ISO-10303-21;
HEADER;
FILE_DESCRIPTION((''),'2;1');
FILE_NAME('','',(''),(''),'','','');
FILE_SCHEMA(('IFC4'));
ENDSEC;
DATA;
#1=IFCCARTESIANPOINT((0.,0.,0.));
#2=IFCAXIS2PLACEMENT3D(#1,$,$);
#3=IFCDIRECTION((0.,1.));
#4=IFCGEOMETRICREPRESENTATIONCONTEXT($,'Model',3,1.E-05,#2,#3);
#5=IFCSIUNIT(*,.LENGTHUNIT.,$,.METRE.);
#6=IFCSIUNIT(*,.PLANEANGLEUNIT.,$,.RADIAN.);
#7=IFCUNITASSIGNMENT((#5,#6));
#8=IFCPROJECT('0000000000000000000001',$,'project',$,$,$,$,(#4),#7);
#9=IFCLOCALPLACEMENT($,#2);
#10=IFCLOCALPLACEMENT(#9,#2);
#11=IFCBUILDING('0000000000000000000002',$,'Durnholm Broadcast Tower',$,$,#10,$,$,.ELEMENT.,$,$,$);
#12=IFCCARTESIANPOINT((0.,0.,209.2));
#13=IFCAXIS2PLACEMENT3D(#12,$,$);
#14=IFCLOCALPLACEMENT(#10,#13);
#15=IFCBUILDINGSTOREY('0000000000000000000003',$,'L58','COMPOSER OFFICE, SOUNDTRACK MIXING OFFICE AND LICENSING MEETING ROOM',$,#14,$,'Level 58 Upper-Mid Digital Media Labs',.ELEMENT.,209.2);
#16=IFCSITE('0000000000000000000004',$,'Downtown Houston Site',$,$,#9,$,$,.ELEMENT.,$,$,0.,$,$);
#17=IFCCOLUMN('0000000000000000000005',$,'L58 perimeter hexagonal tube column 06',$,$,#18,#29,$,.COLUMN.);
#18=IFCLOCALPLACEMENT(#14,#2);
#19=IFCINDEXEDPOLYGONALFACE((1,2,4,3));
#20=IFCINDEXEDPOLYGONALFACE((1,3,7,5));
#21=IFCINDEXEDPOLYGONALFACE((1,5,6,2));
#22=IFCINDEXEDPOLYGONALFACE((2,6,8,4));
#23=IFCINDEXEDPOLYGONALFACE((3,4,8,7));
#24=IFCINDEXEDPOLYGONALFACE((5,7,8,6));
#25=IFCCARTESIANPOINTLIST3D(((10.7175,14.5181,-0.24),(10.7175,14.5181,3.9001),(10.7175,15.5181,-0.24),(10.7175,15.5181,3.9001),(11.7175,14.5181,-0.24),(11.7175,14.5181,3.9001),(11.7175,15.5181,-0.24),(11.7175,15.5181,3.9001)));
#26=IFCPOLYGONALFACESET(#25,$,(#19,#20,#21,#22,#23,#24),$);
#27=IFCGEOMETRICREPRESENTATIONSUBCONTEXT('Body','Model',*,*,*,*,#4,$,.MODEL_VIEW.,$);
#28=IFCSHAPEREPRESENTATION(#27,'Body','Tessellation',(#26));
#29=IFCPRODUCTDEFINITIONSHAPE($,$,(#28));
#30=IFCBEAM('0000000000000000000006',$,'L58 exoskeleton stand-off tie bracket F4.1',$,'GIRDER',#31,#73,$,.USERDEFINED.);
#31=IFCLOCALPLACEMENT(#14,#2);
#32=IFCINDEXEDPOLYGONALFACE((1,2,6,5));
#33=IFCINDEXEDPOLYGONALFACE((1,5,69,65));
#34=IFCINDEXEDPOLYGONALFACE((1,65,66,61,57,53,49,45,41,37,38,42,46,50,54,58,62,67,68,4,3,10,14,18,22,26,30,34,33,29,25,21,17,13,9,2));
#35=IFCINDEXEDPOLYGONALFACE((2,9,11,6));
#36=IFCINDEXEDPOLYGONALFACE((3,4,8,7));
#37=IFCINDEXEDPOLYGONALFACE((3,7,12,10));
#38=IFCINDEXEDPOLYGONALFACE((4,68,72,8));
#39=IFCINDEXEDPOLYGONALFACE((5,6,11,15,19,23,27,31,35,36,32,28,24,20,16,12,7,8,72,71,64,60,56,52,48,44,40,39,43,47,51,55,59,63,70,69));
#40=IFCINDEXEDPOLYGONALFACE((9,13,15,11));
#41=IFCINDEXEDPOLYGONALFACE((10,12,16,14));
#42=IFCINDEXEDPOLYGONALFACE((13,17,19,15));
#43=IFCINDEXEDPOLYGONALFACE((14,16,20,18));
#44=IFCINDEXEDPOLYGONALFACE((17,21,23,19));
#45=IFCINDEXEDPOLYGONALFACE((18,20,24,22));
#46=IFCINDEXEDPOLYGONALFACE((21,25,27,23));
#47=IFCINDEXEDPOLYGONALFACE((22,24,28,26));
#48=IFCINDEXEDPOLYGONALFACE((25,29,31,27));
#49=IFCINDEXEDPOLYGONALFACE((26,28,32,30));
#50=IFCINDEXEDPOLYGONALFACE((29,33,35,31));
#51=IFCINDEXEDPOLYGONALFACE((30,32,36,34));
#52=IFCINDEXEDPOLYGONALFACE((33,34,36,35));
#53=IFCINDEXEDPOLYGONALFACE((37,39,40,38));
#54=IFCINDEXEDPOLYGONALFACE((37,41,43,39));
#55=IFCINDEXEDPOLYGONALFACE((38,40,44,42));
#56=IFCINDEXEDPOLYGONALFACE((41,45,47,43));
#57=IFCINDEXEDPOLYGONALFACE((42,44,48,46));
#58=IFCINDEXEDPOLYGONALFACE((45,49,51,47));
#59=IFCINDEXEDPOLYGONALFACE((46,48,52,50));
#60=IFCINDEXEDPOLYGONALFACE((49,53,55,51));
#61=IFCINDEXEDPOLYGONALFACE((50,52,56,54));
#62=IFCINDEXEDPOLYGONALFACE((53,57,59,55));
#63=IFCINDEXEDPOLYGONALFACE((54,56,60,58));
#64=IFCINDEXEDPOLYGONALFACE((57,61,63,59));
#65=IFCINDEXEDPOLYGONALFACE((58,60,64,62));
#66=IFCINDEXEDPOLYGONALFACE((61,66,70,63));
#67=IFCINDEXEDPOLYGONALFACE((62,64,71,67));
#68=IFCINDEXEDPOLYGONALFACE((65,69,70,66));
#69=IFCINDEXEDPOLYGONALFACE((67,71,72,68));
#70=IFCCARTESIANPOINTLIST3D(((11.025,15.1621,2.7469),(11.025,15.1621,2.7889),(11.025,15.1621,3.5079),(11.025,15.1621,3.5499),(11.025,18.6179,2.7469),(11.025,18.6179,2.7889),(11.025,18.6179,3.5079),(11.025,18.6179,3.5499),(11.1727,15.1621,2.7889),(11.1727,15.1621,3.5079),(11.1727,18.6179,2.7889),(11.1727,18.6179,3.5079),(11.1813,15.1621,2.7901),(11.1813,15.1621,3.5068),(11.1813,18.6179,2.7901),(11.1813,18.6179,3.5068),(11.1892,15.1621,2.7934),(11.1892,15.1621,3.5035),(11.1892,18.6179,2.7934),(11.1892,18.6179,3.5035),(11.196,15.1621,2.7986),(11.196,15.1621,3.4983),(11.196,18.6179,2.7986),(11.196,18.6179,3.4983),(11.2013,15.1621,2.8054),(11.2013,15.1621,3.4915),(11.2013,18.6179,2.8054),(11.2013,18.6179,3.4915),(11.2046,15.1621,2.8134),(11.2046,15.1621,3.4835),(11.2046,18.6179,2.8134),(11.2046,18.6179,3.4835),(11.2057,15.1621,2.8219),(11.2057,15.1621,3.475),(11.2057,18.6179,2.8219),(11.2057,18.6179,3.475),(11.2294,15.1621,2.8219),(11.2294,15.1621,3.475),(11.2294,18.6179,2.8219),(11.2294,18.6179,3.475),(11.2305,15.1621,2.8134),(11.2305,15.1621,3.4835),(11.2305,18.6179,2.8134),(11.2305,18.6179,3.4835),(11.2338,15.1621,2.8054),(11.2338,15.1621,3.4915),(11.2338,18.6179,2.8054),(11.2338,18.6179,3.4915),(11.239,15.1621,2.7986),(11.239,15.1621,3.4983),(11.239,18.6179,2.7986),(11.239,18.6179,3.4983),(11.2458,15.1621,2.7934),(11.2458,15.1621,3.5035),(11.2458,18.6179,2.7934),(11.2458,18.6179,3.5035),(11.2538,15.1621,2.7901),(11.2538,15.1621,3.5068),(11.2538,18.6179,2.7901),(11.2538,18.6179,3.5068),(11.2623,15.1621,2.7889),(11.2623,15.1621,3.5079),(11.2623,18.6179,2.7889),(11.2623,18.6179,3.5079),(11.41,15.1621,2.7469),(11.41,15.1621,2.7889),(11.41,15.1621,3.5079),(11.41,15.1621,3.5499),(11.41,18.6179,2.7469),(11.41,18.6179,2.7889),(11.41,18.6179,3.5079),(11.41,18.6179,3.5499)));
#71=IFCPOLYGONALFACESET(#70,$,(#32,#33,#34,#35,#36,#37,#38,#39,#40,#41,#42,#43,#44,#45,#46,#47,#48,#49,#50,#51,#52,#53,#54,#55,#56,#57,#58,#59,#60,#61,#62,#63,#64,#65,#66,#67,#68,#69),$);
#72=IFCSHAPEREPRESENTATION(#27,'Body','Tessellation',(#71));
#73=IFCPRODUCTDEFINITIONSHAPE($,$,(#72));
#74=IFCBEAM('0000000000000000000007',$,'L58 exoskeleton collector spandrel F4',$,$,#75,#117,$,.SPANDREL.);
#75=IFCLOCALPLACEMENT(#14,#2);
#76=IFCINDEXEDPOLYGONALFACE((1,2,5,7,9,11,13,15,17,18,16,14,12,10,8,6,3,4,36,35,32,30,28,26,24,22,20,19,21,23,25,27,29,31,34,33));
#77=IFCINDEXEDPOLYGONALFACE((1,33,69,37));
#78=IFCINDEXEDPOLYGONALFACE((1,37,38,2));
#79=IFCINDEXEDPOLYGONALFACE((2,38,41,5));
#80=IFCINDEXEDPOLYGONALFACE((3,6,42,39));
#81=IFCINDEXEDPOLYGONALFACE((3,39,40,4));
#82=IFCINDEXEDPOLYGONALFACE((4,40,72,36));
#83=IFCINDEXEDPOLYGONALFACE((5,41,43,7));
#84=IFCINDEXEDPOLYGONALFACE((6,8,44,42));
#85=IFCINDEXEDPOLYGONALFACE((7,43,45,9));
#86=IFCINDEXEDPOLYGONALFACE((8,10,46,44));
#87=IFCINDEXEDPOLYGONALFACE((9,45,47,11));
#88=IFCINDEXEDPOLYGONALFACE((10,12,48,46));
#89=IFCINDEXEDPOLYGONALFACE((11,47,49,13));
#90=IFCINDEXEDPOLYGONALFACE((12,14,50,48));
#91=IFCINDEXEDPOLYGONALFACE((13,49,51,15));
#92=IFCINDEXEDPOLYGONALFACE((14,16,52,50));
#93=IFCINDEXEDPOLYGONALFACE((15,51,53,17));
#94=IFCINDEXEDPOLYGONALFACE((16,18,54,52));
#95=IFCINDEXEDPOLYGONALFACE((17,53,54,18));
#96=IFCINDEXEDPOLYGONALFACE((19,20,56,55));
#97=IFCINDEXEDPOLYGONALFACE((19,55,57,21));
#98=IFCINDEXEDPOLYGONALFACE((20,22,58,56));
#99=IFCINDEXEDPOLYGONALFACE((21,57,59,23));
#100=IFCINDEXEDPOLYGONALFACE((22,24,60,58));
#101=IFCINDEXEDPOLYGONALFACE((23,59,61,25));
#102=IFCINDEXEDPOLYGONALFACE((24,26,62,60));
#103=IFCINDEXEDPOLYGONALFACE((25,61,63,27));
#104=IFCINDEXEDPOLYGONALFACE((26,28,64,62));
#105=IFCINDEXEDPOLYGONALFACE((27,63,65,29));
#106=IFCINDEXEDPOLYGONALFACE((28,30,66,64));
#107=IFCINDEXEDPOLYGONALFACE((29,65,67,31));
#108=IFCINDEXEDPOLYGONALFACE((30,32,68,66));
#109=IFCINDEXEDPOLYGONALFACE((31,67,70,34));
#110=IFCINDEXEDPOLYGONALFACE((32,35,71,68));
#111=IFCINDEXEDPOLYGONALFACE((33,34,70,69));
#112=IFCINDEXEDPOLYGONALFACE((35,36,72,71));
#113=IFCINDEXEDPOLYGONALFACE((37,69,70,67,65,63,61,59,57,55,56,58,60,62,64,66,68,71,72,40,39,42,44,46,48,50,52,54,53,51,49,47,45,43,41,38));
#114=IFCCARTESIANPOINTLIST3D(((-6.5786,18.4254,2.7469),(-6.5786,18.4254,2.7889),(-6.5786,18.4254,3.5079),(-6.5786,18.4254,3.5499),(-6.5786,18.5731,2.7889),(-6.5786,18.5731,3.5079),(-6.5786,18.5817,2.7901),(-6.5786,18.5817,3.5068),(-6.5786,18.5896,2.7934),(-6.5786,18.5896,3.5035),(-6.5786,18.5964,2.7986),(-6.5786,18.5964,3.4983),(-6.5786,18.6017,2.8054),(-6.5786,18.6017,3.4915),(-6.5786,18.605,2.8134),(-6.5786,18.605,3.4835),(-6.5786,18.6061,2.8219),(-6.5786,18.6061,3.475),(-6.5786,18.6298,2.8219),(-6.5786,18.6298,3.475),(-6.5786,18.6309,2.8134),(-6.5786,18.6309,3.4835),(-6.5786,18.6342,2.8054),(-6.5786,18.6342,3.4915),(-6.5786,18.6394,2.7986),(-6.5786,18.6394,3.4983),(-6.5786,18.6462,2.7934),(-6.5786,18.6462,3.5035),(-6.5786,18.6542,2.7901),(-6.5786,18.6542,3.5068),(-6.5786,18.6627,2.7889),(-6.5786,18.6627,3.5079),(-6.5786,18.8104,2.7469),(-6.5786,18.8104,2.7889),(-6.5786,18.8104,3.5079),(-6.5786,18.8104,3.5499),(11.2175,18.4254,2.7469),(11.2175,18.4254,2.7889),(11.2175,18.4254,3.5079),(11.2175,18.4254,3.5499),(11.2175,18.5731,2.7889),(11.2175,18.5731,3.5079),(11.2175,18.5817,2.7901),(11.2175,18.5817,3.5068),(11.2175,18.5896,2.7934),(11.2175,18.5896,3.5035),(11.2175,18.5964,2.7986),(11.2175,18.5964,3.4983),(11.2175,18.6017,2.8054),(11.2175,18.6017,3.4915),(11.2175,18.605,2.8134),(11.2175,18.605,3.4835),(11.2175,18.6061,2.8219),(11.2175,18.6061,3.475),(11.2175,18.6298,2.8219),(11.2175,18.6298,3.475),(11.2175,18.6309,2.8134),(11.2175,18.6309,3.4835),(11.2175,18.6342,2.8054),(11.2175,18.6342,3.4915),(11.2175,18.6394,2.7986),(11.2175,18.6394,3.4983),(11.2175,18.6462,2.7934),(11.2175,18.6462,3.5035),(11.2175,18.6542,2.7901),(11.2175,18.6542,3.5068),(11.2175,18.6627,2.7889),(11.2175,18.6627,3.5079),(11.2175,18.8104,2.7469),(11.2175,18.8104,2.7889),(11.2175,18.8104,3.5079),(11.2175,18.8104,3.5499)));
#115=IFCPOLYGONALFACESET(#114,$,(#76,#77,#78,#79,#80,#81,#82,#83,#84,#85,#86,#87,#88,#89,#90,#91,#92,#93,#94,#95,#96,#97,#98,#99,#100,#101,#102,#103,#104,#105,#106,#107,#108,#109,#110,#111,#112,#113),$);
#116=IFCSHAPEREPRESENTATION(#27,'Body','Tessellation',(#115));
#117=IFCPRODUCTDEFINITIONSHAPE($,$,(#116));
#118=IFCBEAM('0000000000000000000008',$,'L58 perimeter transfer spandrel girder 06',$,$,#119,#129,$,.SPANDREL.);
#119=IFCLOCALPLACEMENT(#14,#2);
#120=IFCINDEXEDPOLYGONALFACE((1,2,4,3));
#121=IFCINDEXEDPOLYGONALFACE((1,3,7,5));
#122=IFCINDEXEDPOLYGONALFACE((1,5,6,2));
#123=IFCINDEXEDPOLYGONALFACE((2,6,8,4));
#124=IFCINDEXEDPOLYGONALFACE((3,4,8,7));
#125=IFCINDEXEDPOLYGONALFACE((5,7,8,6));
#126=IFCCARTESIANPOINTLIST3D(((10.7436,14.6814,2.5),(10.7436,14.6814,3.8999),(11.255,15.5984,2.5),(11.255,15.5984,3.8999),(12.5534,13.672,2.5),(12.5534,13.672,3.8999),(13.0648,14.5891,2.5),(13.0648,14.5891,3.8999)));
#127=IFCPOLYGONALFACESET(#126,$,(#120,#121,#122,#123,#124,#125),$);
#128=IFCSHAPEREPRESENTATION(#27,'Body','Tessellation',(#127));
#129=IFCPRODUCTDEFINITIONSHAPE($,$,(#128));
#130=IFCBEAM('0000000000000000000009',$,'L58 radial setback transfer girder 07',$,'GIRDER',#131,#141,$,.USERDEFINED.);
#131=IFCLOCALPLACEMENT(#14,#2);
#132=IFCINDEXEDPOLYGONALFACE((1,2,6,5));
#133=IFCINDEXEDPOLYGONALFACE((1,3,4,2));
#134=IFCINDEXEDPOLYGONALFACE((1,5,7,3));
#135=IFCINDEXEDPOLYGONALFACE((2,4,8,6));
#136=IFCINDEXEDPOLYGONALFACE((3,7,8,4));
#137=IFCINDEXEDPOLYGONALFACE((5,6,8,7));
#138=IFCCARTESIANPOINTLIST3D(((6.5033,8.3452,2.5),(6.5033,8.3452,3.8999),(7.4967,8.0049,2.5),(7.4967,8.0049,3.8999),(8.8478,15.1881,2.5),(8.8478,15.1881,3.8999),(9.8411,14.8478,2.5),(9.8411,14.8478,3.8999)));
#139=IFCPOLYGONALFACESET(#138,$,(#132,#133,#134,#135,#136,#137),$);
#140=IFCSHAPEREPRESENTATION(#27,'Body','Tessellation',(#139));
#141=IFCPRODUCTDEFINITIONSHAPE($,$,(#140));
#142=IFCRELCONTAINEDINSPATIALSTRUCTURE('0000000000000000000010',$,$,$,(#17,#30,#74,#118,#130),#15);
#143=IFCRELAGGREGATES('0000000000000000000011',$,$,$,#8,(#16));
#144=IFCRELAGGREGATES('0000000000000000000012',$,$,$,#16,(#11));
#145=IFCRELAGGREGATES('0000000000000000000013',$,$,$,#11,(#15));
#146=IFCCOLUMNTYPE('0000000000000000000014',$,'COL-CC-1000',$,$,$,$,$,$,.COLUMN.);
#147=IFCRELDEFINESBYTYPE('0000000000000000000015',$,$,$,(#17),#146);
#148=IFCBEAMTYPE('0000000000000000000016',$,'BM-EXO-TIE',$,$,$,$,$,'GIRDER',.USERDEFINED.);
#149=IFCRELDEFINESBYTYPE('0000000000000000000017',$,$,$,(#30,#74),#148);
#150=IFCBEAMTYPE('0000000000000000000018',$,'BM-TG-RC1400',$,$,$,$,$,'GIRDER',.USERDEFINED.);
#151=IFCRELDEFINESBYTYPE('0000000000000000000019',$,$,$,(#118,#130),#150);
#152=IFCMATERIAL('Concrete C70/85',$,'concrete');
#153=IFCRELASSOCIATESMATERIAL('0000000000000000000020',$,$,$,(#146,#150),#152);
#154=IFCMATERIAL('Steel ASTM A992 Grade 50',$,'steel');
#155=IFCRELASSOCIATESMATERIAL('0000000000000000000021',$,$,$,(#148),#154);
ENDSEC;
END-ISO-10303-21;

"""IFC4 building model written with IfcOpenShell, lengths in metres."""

from ifc_helpers import new_model, si_unit, direction, frame, origin, origin_2d, place, context, subcontext, project, spatial, rectangle, i_section, extrude, source, transform, mapped, material, material_profile, profile_set, type_object, type_shapes, element, save


model = new_model("IFC4")

# Units and contexts
model_context = context("Model", 3, precision=1e-05, world=origin(), true_north=direction((0.0, 1.0)))
body_context = subcontext(model_context, "Body", "Model", "MODEL_VIEW")
ifc_project = project(units=[si_unit("LENGTHUNIT", "METRE"), si_unit("PLANEANGLEUNIT", "RADIAN")], contexts=[model_context])

# Site, building, storey
site_placement = place(None, origin())
site = spatial("IfcSite", under=ifc_project, at=site_placement, Name="Downtown Houston Site", CompositionType="ELEMENT", RefElevation=0.0)
building_placement = place(site_placement, origin())
building = spatial("IfcBuilding", under=site, at=building_placement, Name="Durnholm Broadcast Tower", CompositionType="ELEMENT")
storey_placement = place(building_placement, frame((0.0, 0.0, 209.2)))
storey = spatial("IfcBuildingStorey", under=building, at=storey_placement, Name="L58", Description="COMPOSER OFFICE, SOUNDTRACK MIXING OFFICE AND LICENSING MEETING ROOM", LongName="Level 58 Upper-Mid Digital Media Labs", CompositionType="ELEMENT", Elevation=209.2)

# Column
ifc_material_1 = material(Name="Concrete C70/85", Category="concrete")
ifc_material_profile_1 = material_profile(ifc_material_1, rectangle(XDim=1.0, YDim=1.0, at=origin_2d()), Name="RC1000X1000")
ifc_profile_set_1 = profile_set([ifc_material_profile_1], Name="Concrete C70/85")
column_type = type_object("IfcColumnType", Name="COL-CC-1000", PredefinedType="COLUMN", material=ifc_profile_set_1)
shared_shape_1 = source(origin(), body_context, "Body", "SweptSolid", [
    extrude(rectangle(XDim=1.0, YDim=1.0, at=origin_2d()), origin(), (0.0, 0.0, 1.0), 4.1401),
])
type_shapes(column_type, [shared_shape_1])
column_placement = place(storey_placement, frame((11.2175, 15.0181, -0.24), z_axis=(0.0, 0.0, 1.0), x_axis=(1.0, 0.0, 0.0)))
element("IfcColumn", 1, at=column_placement, inside=storey, type_object=column_type, Name="L58 perimeter hexagonal tube column 06", PredefinedType="COLUMN", context=body_context, shape_type="MappedRepresentation", body=[
    mapped(shared_shape_1, transform((0.0, 0.0, 0.0), x_axis=(1.0, 0.0, 0.0), y_axis=(0.0, 1.0, 0.0), z_axis=(0.0, 0.0, 1.0), scale=1.0)),
])

# Beams
ifc_material_2 = material(Name="Steel ASTM A992 Grade 50", Category="steel")
ifc_material_profile_2 = material_profile(ifc_material_2, i_section(OverallWidth=0.385, OverallDepth=0.803, WebThickness=0.0237, FlangeThickness=0.042, FilletRadius=0.033, at=origin_2d()), Name="W30X261")
ifc_profile_set_2 = profile_set([ifc_material_profile_2], Name="Steel ASTM A992 Grade 50")
beam_type_1 = type_object("IfcBeamType", Name="BM-EXO-TIE", ElementType="GIRDER", PredefinedType="USERDEFINED", material=ifc_profile_set_2)
shared_shape_2 = source(origin(), body_context, "Body", "SweptSolid", [
    extrude(i_section(OverallWidth=0.385, OverallDepth=0.803, WebThickness=0.0237, FlangeThickness=0.042, FilletRadius=0.033, at=origin_2d()), origin(), (0.0, 0.0, 1.0), 3.4558),
])
beam_1_placement = place(storey_placement, frame((11.2175, 15.1621, 3.1484), z_axis=(0.0, 1.0, 0.0), x_axis=(-1.0, 0.0, 0.0)))
element("IfcBeam", 2, at=beam_1_placement, inside=storey, type_object=beam_type_1, Name="L58 exoskeleton stand-off tie bracket F4.1", ObjectType="GIRDER", PredefinedType="USERDEFINED", context=body_context, shape_type="MappedRepresentation", body=[
    mapped(shared_shape_2, transform((0.0, 0.0, 0.0), x_axis=(1.0, 0.0, 0.0), y_axis=(0.0, 1.0, 0.0), z_axis=(0.0, 0.0, 1.0), scale=1.0)),
])
shared_shape_3 = source(origin(), body_context, "Body", "SweptSolid", [
    extrude(i_section(OverallWidth=0.385, OverallDepth=0.803, WebThickness=0.0237, FlangeThickness=0.042, FilletRadius=0.033, at=origin_2d()), origin(), (0.0, 0.0, 1.0), 17.7961),
])
type_shapes(beam_type_1, [shared_shape_2, shared_shape_3])
beam_2_placement = place(storey_placement, frame((11.2175, 18.6179, 3.1484), z_axis=(-1.0, 0.0, 0.0), x_axis=(0.0, -1.0, 0.0)))
element("IfcBeam", 3, at=beam_2_placement, inside=storey, type_object=beam_type_1, Name="L58 exoskeleton collector spandrel F4", PredefinedType="SPANDREL", context=body_context, shape_type="MappedRepresentation", body=[
    mapped(shared_shape_3, transform((0.0, 0.0, 0.0), x_axis=(1.0, 0.0, 0.0), y_axis=(0.0, 1.0, 0.0), z_axis=(0.0, 0.0, 1.0), scale=1.0)),
])
ifc_material_profile_3 = material_profile(ifc_material_1, rectangle(XDim=1.05, YDim=1.3999, at=origin_2d()), Name="RC1050X1400")
ifc_profile_set_3 = profile_set([ifc_material_profile_3], Name="Concrete C70/85")
beam_type_2 = type_object("IfcBeamType", Name="BM-TG-RC1400", ElementType="GIRDER", PredefinedType="USERDEFINED", material=ifc_profile_set_3)
shared_shape_4 = source(origin(), body_context, "Body", "SweptSolid", [
    extrude(rectangle(XDim=1.05, YDim=1.3999, at=origin_2d()), origin(), (0.0, 0.0, 1.0), 2.0723),
])
beam_3_placement = place(storey_placement, frame((10.9993, 15.1399, 3.2), z_axis=(0.873373, -0.487053, 0.0), x_axis=(0.487053, 0.873373, 0.0)))
element("IfcBeam", 4, at=beam_3_placement, inside=storey, type_object=beam_type_2, Name="L58 perimeter transfer spandrel girder 06", PredefinedType="SPANDREL", context=body_context, shape_type="MappedRepresentation", body=[
    mapped(shared_shape_4, transform((0.0, 0.0, 0.0), x_axis=(1.0, 0.0, 0.0), y_axis=(0.0, 1.0, 0.0), z_axis=(0.0, 0.0, 1.0), scale=1.0)),
])
shared_shape_5 = source(origin(), body_context, "Body", "SweptSolid", [
    extrude(rectangle(XDim=1.05, YDim=1.3999, at=origin_2d()), origin(), (0.0, 0.0, 1.0), 7.2334),
])
type_shapes(beam_type_2, [shared_shape_4, shared_shape_5])
beam_4_placement = place(storey_placement, frame((7.0, 8.175, 3.2), z_axis=(0.324115, 0.946018, 0.0), x_axis=(-0.946018, 0.324115, 0.0)))
element("IfcBeam", 5, at=beam_4_placement, inside=storey, type_object=beam_type_2, Name="L58 radial setback transfer girder 07", ObjectType="GIRDER", PredefinedType="USERDEFINED", context=body_context, shape_type="MappedRepresentation", body=[
    mapped(shared_shape_5, transform((0.0, 0.0, 0.0), x_axis=(1.0, 0.0, 0.0), y_axis=(0.0, 1.0, 0.0), z_axis=(0.0, 0.0, 1.0), scale=1.0)),
])

save(model, "model.ifc")
